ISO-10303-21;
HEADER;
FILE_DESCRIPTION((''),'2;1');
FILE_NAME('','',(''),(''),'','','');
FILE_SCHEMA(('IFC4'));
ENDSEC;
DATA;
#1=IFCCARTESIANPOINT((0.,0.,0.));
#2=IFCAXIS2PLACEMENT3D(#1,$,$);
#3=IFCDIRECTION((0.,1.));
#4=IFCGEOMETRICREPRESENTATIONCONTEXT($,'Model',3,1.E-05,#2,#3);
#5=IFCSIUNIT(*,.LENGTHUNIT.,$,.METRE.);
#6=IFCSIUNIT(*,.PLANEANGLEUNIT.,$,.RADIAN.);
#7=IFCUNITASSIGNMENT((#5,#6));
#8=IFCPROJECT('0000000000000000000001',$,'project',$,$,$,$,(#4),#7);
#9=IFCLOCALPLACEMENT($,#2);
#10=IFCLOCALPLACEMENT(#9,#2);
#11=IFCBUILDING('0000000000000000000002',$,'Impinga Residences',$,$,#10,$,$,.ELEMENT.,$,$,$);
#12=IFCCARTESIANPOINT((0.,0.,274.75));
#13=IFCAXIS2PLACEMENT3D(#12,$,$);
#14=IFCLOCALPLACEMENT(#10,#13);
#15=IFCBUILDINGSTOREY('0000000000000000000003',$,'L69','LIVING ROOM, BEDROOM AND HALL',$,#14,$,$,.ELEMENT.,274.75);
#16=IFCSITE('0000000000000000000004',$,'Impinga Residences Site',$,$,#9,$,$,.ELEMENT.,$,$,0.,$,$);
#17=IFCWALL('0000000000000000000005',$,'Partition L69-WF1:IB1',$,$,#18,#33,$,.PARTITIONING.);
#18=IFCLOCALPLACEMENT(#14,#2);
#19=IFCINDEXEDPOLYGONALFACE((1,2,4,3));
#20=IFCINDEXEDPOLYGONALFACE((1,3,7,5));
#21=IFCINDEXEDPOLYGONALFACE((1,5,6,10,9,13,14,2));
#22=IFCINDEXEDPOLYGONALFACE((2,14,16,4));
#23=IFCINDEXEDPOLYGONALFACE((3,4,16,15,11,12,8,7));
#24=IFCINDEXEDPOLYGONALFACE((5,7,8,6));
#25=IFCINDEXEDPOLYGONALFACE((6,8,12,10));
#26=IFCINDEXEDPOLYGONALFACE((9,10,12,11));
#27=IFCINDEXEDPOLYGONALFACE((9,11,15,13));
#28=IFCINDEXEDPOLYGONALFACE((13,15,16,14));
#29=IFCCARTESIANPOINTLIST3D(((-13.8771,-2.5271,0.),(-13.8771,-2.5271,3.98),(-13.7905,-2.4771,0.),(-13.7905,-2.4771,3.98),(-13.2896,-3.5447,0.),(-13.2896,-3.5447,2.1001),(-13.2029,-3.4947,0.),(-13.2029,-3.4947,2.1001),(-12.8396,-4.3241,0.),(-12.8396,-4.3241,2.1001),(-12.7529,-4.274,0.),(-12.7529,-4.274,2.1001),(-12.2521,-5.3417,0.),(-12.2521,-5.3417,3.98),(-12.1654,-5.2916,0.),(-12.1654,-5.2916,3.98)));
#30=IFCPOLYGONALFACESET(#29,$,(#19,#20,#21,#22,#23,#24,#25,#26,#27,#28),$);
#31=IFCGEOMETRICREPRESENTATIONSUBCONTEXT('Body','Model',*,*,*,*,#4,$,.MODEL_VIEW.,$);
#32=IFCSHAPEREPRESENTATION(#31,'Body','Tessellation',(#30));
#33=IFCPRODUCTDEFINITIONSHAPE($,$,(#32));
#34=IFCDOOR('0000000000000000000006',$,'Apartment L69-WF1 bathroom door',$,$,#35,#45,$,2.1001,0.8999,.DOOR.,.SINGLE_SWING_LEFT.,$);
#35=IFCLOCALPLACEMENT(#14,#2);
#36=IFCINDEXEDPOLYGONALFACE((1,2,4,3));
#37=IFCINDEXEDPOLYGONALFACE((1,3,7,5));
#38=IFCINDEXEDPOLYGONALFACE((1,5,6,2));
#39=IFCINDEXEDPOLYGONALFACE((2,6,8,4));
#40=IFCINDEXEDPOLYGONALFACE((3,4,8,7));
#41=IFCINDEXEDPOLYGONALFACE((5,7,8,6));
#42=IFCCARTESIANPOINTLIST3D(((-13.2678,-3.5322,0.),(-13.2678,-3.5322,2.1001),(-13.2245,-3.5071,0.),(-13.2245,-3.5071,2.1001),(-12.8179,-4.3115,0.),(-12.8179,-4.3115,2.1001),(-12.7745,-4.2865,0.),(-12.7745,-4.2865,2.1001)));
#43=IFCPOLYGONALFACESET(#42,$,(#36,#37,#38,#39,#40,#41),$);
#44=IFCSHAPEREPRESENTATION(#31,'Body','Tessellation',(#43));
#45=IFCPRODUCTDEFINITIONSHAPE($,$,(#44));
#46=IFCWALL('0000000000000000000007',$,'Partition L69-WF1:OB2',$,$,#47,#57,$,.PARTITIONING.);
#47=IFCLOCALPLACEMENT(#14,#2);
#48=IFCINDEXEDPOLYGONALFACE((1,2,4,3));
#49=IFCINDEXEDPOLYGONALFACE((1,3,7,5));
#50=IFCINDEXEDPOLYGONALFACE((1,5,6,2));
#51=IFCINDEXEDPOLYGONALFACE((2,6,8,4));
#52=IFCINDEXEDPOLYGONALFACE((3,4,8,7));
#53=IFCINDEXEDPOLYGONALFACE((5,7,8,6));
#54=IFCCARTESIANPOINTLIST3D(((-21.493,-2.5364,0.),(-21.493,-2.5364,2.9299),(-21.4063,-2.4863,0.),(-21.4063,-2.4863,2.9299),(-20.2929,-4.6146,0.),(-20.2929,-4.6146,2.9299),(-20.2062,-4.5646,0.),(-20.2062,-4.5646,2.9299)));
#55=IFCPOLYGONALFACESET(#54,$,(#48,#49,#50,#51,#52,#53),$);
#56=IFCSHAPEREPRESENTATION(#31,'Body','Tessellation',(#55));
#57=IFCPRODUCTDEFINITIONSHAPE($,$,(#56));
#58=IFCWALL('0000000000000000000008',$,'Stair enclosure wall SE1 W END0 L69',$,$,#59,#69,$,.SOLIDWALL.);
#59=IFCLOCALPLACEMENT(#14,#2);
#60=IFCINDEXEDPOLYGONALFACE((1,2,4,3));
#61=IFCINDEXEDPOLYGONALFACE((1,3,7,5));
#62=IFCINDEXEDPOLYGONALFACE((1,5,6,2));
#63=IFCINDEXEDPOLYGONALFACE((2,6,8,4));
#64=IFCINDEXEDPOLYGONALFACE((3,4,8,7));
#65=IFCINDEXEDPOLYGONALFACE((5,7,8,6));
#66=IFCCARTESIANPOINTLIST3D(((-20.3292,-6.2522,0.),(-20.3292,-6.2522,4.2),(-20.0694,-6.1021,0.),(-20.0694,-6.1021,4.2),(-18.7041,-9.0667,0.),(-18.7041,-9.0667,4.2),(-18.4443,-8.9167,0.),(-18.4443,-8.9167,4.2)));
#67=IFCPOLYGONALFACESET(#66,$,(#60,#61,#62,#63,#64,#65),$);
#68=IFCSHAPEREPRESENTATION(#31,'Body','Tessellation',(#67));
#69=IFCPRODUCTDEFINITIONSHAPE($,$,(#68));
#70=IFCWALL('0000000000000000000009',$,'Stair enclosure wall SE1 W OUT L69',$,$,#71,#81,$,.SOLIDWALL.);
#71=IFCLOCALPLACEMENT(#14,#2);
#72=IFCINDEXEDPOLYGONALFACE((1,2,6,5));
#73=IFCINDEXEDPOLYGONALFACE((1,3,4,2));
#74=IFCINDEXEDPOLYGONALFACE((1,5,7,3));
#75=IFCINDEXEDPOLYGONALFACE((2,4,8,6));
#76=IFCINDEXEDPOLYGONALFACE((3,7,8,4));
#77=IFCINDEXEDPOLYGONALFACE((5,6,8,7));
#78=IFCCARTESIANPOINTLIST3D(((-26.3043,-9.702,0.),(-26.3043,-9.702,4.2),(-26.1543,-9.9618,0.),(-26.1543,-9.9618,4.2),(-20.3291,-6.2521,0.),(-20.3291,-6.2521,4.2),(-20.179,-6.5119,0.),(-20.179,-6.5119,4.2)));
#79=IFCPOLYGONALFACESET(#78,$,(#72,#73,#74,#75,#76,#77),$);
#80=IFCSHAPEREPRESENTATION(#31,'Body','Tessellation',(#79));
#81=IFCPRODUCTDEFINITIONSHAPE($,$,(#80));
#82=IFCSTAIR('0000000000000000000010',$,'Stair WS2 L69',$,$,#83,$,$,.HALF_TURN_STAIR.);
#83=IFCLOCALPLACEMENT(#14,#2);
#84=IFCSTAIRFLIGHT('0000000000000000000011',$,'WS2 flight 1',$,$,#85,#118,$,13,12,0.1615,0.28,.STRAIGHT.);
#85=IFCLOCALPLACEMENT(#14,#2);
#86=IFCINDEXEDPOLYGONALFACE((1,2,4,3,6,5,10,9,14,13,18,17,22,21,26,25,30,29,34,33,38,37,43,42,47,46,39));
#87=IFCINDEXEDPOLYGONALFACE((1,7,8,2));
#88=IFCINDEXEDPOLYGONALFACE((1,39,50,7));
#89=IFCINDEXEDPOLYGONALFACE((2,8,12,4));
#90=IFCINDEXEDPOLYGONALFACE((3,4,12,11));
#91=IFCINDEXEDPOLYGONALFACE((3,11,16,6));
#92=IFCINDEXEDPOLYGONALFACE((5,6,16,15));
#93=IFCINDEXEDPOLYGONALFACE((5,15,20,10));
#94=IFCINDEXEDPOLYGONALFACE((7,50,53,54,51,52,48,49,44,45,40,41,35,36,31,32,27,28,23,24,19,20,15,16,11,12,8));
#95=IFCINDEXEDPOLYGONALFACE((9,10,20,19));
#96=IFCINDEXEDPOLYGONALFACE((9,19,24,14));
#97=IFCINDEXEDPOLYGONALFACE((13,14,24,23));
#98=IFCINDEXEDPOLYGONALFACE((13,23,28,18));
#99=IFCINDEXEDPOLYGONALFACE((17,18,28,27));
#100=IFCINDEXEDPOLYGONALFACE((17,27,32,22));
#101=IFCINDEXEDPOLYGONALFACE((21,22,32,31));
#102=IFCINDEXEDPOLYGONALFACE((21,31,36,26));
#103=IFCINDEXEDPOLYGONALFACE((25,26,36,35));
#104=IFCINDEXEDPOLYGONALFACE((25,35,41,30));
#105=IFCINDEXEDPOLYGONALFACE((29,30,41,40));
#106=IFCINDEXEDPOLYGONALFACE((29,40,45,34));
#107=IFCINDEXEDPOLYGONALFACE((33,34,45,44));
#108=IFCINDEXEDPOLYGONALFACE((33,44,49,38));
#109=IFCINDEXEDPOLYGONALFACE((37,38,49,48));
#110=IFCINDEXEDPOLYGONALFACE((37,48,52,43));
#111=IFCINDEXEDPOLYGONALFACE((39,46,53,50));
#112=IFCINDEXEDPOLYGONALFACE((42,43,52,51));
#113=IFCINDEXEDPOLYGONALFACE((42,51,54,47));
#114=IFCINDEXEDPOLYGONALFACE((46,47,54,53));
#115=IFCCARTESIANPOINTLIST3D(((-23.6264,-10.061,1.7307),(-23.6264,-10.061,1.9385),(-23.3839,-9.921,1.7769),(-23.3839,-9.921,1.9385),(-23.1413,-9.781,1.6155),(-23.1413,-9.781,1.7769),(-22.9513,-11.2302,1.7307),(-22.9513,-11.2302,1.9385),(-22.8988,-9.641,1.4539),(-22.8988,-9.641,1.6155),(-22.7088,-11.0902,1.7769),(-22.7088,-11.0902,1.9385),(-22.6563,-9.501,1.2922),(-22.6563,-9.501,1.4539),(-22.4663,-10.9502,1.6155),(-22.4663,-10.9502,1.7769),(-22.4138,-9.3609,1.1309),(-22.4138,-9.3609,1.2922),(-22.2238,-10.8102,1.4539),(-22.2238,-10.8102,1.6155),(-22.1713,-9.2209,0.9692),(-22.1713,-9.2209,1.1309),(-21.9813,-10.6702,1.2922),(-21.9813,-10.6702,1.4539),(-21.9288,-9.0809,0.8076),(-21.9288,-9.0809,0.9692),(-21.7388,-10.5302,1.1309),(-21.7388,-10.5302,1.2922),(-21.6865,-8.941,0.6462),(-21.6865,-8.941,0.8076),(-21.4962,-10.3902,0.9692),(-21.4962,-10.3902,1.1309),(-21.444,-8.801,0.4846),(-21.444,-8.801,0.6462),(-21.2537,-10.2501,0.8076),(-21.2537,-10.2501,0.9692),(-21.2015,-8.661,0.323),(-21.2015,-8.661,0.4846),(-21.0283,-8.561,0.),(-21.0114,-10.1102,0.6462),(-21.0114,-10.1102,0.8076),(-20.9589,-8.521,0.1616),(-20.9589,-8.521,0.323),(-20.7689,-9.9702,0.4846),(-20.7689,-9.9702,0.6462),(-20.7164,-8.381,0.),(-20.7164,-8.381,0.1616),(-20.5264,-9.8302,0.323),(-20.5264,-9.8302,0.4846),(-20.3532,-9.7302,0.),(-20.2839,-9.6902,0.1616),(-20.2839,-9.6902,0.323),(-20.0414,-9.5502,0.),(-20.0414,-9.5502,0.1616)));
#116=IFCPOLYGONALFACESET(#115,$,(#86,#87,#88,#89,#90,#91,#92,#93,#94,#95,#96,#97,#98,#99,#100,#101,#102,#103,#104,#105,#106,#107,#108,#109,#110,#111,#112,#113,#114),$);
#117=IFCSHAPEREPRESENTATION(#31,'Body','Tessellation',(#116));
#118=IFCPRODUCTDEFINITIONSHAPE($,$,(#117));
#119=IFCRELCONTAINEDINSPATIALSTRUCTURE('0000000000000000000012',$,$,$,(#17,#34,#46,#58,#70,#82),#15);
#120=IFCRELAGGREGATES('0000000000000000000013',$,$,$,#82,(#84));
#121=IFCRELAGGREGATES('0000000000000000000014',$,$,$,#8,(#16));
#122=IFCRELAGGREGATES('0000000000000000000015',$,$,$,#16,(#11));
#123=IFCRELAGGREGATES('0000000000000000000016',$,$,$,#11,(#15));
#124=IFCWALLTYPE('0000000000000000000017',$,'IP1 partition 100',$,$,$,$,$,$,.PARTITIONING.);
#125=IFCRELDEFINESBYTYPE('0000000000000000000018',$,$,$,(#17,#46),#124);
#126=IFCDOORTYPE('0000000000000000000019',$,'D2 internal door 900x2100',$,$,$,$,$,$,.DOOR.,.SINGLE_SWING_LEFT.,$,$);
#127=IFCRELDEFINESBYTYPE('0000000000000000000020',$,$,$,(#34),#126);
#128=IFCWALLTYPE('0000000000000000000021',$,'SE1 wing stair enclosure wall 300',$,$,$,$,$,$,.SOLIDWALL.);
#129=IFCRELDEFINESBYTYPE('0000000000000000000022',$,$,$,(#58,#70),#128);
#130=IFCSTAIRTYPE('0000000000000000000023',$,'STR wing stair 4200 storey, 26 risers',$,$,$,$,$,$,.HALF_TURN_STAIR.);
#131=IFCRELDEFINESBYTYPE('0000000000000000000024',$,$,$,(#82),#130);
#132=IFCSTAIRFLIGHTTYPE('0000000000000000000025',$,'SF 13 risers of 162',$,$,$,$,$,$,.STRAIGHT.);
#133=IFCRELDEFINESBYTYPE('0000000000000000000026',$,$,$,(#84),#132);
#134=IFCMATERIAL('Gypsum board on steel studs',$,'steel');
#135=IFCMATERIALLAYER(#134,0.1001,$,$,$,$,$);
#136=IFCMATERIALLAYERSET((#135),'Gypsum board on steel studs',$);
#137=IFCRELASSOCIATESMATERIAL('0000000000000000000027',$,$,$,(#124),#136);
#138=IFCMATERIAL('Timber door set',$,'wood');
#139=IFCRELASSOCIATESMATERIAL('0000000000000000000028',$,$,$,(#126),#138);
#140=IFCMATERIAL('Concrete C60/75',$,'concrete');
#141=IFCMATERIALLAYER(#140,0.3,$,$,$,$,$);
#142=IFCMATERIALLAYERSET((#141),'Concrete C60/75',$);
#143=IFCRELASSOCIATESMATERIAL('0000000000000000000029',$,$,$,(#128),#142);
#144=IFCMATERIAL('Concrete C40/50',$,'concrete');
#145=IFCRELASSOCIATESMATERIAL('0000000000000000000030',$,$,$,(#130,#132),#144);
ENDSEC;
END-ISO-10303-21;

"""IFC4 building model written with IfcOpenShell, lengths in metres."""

from ifc_helpers import new_model, si_unit, direction, frame, frame_2d, origin, place, context, subcontext, project, spatial, polyline, rectangle, outline, extrude, material, layer, layer_set, type_object, element, fill, aggregate, save


model = new_model("IFC4")

# Units and contexts
model_context = context("Model", 3, precision=1e-05, world=origin(), true_north=direction((0.0, 1.0)))
body_context = subcontext(model_context, "Body", "Model", "MODEL_VIEW")
ifc_project = project(units=[si_unit("LENGTHUNIT", "METRE"), si_unit("PLANEANGLEUNIT", "RADIAN")], contexts=[model_context])

# Site, building, storey
site_placement = place(None, origin())
site = spatial("IfcSite", under=ifc_project, at=site_placement, Name="Impinga Residences Site", CompositionType="ELEMENT", RefElevation=0.0)
building_placement = place(site_placement, origin())
building = spatial("IfcBuilding", under=site, at=building_placement, Name="Impinga Residences", CompositionType="ELEMENT")
storey_placement = place(building_placement, frame((0.0, 0.0, 274.75)))
storey = spatial("IfcBuildingStorey", under=building, at=storey_placement, Name="L69", Description="LIVING ROOM, BEDROOM AND HALL", CompositionType="ELEMENT", Elevation=274.75)

# Shared definitions
ifc_material_1 = material(Name="Concrete C60/75", Category="concrete")

# Shared definitions
ifc_material_2 = material(Name="Timber door set", Category="wood")

# Shared definitions
ifc_material_3 = material(Name="Gypsum board on steel studs", Category="steel")
ifc_layer_1 = layer(ifc_material_3, 0.1001)
ifc_layer_set_1 = layer_set([ifc_layer_1], Name="Gypsum board on steel studs")
wall_type_1 = type_object("IfcWallType", Name="IP1 partition 100", PredefinedType="PARTITIONING", material=ifc_layer_set_1)

# Shared definitions
door_type_1 = type_object("IfcDoorType", Name="D2 internal door 900x2100", OperationType="SINGLE_SWING_LEFT", PredefinedType="DOOR", material=ifc_material_2)

# Wall, opening, door
wall_1_placement = place(storey_placement, frame((-12.2087, -5.3167, 0.0), z_axis=(0.0, 0.0, 1.0), x_axis=(-0.500017, 0.866015, 0.0)))
wall_1 = element("IfcWall", 1, at=wall_1_placement, inside=storey, type_object=wall_type_1, Name="Partition L69-WF1:IB1", PredefinedType="PARTITIONING", context=body_context, shape_type="SweptSolid", body=[
    extrude(rectangle(XDim=3.25, YDim=0.1001, at=frame_2d((1.625, 0.0))), origin(), (0.0, 0.0, 1.0), 3.98),
])
opening_1_placement = place(wall_1_placement, frame((1.175, 0.0, 0.0)))
opening_1 = element("IfcOpeningElement", 2, at=opening_1_placement, cuts=wall_1, PredefinedType="OPENING", context=body_context, shape_type="SweptSolid", body=[
    extrude(rectangle(XDim=0.8999, YDim=2.1001, at=frame_2d((0.45, 1.05))), frame((0.0, 0.0601, 0.0), z_axis=(0.0, -1.0, 0.0), x_axis=(1.0, 0.0, 0.0)), (0.0, 0.0, 1.0), 0.1201),
])
door_1_placement = place(opening_1_placement, origin())
door_1 = element("IfcDoor", 3, at=door_1_placement, inside=storey, type_object=door_type_1, Name="Apartment L69-WF1 bathroom door", OperationType="SINGLE_SWING_LEFT", OverallHeight=2.1001, OverallWidth=0.8999, PredefinedType="DOOR", context=body_context, shape_type="SweptSolid", body=[
    extrude(rectangle(XDim=0.8999, YDim=2.1001, at=frame_2d((0.45, 1.05))), frame((0.0, 0.0249, 0.0), z_axis=(0.0, -1.0, 0.0), x_axis=(1.0, 0.0, 0.0)), (0.0, 0.0, 1.0), 0.05),
])
fill(opening_1, door_1)

# Walls
wall_2_placement = place(storey_placement, frame((-20.2495, -4.5896, 0.0), z_axis=(0.0, 0.0, 1.0), x_axis=(-0.500078, 0.865981, 0.0)))
element("IfcWall", 4, at=wall_2_placement, inside=storey, type_object=wall_type_1, Name="Partition L69-WF1:OB2", PredefinedType="PARTITIONING", context=body_context, shape_type="SweptSolid", body=[
    extrude(rectangle(XDim=2.3999, YDim=0.1001, at=frame_2d((1.2, 0.0))), origin(), (0.0, 0.0, 1.0), 2.9299),
])
ifc_layer_2 = layer(ifc_material_1, 0.3)
ifc_layer_set_2 = layer_set([ifc_layer_2], Name="Concrete C60/75")
wall_type_2 = type_object("IfcWallType", Name="SE1 wing stair enclosure wall 300", PredefinedType="SOLIDWALL", material=ifc_layer_set_2)
wall_3_placement = place(storey_placement, frame((-18.5742, -8.9917, 0.0), z_axis=(0.0, 0.0, 1.0), x_axis=(-0.500017, 0.866015, 0.0)))
element("IfcWall", 5, at=wall_3_placement, inside=storey, type_object=wall_type_2, Name="Stair enclosure wall SE1 W END0 L69", PredefinedType="SOLIDWALL", context=body_context, shape_type="SweptSolid", body=[
    extrude(rectangle(XDim=3.25, YDim=0.3, at=frame_2d((1.625, 0.0))), origin(), (0.0, 0.0, 1.0), 4.2),
])
wall_4_placement = place(storey_placement, frame((-20.2542, -6.3821, 0.0), z_axis=(0.0, 0.0, 1.0), x_axis=(-0.86602, -0.500009, 0.0)))
element("IfcWall", 6, at=wall_4_placement, inside=storey, type_object=wall_type_2, Name="Stair enclosure wall SE1 W OUT L69", PredefinedType="SOLIDWALL", context=body_context, shape_type="SweptSolid", body=[
    extrude(rectangle(XDim=6.8997, YDim=0.3, at=frame_2d((3.4497, 0.0))), origin(), (0.0, 0.0, 1.0), 4.2),
])

# Stair, stair flight
ifc_material_4 = material(Name="Concrete C40/50", Category="concrete")
stair_type = type_object("IfcStairType", Name="STR wing stair 4200 storey, 26 risers", PredefinedType="HALF_TURN_STAIR", material=ifc_material_4)
stair_placement = place(storey_placement, origin())
stair = element("IfcStair", 7, at=stair_placement, inside=storey, type_object=stair_type, Name="Stair WS2 L69", PredefinedType="HALF_TURN_STAIR")
stair_flight_type = type_object("IfcStairFlightType", Name="SF 13 risers of 162", PredefinedType="STRAIGHT", material=ifc_material_4)
stair_flight_placement = place(storey_placement, frame((-20.3789, -8.9656, 0.0), z_axis=(0.0, 0.0, 1.0), x_axis=(-0.866025, -0.5, 0.0)))
stair_flight = element("IfcStairFlight", 8, at=stair_flight_placement, type_object=stair_flight_type, Name="WS2 flight 1", NumberOfRisers=13, NumberOfTreads=12, PredefinedType="STRAIGHT", RiserHeight=0.1615, TreadLength=0.28, context=body_context, shape_type="SweptSolid", body=[
    extrude(outline(polyline([(0.0, 0.0), (0.0, 0.1616), (0.28, 0.1616), (0.28, 0.323), (0.5601, 0.323), (0.5601, 0.4846), (0.8401, 0.4846), (0.8401, 0.6462), (1.1201, 0.6462), (1.1201, 0.8076), (1.3999, 0.8076), (1.3999, 0.9692), (1.6799, 0.9692), (1.6799, 1.1309), (1.96, 1.1309), (1.96, 1.2922), (2.24, 1.2922), (2.24, 1.4539), (2.52, 1.4539), (2.52, 1.6155), (2.8, 1.6155), (2.8, 1.7769), (3.0801, 1.7769), (3.0801, 1.9385), (3.3601, 1.9385), (3.3601, 2.1001), (3.3601, 1.7307), (0.3601, 0.0), (0.0, 0.0)])), frame((0.0, 0.675, 0.0), z_axis=(0.0, -1.0, 0.0), x_axis=(1.0, 0.0, 0.0)), (0.0, 0.0, 1.0), 1.3501),
])
aggregate(stair, [stair_flight])

save(model, "model.ifc")
